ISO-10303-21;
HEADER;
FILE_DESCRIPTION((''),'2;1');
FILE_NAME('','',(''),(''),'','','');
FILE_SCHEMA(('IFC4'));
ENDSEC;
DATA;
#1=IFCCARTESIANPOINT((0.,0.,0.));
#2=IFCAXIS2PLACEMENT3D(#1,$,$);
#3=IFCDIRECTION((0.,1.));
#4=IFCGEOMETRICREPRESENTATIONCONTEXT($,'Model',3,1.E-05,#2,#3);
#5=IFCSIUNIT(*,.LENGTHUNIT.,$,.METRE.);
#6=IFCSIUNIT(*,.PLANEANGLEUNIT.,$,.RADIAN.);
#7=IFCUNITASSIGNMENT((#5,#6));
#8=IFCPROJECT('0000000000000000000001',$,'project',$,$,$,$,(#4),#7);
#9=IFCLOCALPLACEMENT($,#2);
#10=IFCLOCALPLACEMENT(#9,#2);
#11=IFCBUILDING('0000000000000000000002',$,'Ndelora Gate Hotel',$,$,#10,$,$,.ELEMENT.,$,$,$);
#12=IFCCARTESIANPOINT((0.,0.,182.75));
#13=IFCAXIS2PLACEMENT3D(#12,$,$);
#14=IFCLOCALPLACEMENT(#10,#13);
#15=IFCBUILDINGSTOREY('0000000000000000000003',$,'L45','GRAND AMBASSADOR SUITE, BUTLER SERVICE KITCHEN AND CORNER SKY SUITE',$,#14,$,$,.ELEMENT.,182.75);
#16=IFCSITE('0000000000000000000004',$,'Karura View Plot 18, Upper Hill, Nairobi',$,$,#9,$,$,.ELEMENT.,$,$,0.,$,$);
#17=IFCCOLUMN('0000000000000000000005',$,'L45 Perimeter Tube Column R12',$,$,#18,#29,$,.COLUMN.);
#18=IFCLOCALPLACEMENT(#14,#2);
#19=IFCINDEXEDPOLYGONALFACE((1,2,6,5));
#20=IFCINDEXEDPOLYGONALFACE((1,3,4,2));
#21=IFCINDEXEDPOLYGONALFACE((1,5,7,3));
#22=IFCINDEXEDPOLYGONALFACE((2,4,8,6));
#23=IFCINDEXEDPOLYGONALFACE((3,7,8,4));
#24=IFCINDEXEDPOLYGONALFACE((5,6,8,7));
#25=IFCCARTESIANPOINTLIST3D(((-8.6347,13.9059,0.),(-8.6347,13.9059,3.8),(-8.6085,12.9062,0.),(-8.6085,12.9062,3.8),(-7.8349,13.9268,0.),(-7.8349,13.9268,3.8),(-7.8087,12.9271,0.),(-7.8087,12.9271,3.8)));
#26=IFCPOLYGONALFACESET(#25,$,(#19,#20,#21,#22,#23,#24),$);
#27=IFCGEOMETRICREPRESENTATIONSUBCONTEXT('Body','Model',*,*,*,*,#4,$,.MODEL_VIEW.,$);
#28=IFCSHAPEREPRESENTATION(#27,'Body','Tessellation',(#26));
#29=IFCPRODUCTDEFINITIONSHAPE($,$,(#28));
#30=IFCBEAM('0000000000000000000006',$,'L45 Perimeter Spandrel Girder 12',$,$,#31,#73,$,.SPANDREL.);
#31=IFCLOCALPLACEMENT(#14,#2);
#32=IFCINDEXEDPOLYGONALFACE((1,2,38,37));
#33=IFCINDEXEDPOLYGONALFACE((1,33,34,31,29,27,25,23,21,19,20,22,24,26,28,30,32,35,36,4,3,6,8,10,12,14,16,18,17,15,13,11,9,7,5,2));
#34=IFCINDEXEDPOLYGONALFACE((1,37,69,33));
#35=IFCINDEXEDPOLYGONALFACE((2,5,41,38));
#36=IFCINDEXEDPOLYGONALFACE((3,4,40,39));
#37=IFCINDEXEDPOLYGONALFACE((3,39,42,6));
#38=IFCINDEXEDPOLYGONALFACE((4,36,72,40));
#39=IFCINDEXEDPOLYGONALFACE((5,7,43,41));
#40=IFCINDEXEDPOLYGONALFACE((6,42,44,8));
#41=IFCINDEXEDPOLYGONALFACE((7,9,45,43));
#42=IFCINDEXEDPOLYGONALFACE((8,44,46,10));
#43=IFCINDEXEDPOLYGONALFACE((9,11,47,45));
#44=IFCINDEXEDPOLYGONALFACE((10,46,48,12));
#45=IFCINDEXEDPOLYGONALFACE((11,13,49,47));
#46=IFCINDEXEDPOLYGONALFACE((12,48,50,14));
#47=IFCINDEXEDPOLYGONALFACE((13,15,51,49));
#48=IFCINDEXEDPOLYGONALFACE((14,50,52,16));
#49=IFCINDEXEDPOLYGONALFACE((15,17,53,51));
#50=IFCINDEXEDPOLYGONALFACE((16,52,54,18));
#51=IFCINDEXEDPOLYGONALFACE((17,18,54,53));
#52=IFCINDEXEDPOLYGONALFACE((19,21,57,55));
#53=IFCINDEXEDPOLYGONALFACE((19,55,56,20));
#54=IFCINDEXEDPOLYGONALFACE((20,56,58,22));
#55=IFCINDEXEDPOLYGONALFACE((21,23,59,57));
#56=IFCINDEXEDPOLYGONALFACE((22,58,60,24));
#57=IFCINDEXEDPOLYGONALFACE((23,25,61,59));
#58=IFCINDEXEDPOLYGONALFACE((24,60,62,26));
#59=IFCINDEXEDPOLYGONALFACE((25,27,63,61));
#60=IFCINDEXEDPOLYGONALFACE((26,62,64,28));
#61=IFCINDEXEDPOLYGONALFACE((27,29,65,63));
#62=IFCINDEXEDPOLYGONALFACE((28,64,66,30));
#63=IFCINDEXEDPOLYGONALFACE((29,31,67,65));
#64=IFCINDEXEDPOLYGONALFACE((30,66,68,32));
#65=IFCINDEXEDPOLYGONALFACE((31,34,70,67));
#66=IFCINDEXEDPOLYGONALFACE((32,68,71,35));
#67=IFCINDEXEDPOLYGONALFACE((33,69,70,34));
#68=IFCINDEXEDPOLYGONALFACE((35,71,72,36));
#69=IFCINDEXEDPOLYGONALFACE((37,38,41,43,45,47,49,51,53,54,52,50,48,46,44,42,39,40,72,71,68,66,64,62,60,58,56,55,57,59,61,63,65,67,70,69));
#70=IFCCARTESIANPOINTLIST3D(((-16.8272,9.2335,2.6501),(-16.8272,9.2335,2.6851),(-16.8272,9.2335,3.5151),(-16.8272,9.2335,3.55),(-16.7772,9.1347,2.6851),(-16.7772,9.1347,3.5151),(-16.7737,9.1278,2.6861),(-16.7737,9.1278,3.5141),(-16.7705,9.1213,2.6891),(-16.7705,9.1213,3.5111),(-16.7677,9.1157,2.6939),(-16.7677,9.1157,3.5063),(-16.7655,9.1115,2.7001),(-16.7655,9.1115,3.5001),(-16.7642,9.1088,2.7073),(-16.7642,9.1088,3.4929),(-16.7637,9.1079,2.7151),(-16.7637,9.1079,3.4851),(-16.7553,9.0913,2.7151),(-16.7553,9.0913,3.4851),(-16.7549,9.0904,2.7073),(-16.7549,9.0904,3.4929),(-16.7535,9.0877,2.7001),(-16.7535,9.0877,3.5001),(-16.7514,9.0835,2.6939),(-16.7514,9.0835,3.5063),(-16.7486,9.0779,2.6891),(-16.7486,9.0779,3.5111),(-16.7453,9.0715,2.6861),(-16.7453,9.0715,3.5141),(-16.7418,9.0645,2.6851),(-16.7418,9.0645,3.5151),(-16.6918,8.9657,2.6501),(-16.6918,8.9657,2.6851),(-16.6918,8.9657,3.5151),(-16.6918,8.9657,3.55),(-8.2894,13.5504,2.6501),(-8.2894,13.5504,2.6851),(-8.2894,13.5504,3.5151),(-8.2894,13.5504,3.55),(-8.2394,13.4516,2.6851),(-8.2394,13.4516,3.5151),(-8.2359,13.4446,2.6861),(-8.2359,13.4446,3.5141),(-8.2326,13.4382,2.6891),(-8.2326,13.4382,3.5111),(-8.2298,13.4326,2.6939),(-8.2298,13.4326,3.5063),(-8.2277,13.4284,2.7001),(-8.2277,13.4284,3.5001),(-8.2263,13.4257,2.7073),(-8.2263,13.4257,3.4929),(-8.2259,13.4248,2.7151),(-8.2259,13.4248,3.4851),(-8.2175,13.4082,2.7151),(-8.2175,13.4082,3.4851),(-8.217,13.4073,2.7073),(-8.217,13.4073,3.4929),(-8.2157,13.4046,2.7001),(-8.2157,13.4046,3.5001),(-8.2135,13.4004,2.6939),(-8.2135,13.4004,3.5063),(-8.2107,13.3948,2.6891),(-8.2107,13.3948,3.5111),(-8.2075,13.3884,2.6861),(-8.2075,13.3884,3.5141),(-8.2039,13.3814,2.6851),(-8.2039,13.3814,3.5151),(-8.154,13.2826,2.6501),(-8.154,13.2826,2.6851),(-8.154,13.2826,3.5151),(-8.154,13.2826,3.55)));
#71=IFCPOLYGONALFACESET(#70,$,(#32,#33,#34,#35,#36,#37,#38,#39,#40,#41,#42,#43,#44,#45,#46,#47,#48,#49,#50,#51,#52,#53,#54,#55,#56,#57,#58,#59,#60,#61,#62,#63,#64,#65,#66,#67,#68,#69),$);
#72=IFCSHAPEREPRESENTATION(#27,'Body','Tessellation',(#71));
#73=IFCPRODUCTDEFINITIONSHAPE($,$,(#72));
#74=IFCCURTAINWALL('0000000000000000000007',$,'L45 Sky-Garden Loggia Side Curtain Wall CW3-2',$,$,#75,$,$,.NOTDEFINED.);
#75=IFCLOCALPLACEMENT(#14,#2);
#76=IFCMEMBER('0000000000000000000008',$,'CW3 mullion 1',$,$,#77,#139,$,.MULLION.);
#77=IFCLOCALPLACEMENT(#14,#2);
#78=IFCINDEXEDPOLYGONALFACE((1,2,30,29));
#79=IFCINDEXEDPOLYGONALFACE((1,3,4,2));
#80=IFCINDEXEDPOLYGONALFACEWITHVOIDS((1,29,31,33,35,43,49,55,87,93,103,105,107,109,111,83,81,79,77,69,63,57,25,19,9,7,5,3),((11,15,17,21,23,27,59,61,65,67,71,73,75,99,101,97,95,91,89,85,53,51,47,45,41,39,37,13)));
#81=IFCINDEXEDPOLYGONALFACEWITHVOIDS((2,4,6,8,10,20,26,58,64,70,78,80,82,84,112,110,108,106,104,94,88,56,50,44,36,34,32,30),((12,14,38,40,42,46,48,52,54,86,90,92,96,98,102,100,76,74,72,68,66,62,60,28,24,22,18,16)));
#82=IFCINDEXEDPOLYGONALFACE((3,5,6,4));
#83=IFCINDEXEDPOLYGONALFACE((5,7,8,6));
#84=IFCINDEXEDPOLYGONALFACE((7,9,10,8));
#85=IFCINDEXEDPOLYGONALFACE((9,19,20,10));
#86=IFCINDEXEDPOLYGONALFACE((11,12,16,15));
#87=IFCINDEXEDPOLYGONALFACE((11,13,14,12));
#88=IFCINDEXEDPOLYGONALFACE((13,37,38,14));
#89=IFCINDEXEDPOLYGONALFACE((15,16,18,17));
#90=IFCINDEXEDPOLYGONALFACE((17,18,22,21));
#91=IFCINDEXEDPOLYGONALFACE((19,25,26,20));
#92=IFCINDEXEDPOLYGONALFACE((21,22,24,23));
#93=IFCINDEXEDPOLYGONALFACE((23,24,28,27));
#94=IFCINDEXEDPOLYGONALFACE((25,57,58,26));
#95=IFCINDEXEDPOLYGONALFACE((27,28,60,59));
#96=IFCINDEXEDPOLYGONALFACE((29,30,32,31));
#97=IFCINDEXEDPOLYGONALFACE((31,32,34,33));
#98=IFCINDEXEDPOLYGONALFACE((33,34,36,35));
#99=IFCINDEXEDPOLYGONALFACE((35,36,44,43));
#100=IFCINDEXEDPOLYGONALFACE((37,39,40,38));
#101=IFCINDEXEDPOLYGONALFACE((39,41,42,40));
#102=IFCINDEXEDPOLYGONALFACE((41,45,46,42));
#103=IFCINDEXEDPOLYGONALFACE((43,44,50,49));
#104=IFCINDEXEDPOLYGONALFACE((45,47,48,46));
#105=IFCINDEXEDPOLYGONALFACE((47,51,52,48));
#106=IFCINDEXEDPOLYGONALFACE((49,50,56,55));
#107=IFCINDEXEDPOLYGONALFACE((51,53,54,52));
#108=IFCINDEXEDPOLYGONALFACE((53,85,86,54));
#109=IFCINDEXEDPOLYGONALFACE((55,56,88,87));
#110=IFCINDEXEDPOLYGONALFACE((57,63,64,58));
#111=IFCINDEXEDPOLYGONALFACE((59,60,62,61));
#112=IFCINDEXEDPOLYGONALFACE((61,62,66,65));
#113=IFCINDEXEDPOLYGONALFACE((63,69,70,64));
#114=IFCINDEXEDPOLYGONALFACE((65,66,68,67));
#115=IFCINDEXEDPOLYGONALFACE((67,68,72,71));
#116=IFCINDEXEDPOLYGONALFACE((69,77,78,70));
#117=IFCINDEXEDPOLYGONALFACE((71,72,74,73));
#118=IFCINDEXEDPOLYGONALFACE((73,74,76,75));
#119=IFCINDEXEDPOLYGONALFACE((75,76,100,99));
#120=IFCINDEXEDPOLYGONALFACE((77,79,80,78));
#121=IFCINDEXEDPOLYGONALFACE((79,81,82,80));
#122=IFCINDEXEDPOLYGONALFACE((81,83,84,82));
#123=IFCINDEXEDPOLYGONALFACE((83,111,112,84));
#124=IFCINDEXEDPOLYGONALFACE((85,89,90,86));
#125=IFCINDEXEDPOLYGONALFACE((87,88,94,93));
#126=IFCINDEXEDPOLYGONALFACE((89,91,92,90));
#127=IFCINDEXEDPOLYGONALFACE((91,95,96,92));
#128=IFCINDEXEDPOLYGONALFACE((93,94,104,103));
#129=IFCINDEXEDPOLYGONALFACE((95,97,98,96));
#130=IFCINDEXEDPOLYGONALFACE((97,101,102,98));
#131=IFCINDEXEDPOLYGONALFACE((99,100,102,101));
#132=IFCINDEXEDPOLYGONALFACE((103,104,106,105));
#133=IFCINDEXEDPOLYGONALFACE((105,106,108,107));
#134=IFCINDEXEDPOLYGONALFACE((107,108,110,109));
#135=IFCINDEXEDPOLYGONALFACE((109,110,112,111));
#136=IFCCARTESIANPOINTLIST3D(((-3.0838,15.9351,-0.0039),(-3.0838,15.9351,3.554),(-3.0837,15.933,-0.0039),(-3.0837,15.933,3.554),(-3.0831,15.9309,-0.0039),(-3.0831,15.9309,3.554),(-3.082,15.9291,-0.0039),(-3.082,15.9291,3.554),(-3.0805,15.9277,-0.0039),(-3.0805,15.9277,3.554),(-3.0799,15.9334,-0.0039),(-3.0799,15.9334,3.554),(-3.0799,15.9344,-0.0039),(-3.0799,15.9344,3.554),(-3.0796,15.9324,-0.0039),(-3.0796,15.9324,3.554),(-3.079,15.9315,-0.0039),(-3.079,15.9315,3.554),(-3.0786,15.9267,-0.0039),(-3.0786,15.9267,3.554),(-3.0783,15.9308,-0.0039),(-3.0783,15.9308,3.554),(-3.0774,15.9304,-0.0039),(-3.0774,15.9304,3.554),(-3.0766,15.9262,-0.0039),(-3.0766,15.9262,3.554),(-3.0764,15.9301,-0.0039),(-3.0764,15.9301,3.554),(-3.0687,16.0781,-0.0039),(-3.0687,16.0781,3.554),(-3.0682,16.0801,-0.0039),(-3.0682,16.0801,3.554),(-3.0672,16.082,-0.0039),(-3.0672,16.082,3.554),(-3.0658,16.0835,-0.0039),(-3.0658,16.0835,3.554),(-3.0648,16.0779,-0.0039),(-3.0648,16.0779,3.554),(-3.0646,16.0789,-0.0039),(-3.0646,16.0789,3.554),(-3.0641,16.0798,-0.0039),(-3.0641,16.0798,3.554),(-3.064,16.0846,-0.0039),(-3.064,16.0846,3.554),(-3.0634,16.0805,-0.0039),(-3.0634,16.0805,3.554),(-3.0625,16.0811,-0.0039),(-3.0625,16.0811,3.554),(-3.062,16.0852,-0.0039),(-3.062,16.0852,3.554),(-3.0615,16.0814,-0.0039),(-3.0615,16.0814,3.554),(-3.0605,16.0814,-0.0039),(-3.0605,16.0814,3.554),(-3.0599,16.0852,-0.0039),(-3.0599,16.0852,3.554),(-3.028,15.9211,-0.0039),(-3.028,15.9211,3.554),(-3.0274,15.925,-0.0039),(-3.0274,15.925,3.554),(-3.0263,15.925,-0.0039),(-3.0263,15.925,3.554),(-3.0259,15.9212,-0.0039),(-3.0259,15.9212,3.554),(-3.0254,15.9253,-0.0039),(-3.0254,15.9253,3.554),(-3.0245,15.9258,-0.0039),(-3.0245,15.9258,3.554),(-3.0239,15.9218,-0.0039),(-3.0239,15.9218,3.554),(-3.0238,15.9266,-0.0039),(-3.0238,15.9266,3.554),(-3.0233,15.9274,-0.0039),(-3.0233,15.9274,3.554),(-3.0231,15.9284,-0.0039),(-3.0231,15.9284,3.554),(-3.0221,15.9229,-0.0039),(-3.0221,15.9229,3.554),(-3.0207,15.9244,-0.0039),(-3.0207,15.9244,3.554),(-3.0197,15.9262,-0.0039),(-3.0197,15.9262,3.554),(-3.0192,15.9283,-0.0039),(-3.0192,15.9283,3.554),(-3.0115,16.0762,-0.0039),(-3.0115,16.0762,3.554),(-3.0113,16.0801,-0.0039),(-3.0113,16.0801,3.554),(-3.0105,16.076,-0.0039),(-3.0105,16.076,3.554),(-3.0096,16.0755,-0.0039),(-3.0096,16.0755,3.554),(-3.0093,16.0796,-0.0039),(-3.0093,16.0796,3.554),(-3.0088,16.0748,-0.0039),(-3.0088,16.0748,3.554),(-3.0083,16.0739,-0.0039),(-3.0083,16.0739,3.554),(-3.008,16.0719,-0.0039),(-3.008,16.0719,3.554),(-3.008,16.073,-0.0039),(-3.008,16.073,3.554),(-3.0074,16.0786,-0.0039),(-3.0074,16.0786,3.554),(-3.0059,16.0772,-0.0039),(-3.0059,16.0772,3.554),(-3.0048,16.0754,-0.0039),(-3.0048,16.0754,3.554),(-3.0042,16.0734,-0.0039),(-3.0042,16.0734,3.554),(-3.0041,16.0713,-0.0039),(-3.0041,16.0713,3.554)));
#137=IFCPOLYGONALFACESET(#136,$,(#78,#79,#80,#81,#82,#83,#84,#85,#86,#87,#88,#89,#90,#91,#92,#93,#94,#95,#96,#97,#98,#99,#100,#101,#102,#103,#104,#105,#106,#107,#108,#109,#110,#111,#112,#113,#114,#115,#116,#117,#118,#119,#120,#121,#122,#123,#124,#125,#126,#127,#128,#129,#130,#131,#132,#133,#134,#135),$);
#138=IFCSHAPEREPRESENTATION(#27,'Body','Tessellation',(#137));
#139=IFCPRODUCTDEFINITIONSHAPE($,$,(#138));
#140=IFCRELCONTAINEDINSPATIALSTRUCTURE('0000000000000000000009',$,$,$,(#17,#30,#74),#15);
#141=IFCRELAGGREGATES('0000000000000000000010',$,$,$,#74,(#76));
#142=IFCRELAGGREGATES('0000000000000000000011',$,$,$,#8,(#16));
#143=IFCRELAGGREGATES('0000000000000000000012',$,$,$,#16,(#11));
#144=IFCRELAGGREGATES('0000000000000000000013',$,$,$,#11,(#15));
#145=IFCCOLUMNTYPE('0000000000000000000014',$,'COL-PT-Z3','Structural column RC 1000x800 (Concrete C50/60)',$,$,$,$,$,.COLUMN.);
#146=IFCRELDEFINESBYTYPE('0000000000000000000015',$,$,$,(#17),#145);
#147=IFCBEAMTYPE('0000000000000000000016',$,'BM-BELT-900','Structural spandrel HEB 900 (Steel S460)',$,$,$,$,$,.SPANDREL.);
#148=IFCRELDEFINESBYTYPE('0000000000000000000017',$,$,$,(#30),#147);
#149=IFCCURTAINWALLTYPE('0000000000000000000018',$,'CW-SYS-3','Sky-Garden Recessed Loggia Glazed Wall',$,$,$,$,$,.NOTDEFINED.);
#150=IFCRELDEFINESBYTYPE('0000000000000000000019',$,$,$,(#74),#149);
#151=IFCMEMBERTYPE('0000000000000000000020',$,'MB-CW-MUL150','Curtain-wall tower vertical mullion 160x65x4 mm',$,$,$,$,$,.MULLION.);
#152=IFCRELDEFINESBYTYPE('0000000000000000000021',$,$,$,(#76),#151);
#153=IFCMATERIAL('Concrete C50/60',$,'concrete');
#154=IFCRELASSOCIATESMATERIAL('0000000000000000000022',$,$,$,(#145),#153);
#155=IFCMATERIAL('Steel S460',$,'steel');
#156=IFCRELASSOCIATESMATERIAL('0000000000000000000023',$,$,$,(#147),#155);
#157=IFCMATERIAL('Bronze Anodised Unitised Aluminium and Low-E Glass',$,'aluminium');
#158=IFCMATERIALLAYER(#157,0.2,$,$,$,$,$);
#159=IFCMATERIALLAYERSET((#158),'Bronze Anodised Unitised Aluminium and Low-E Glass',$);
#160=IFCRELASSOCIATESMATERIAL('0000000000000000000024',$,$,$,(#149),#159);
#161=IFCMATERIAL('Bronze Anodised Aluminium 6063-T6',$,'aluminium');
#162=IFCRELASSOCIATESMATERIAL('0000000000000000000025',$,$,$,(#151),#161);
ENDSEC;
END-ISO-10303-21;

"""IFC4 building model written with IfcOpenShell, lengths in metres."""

from ifc_helpers import new_model, si_unit, direction, frame, origin, origin_2d, place, context, subcontext, project, spatial, rectangle, hollow_rectangle, i_section, extrude, material, layer, layer_set, material_profile, profile_set, type_object, element, aggregate, save


model = new_model("IFC4")

# Units and contexts
model_context = context("Model", 3, precision=1e-05, world=origin(), true_north=direction((0.0, 1.0)))
body_context = subcontext(model_context, "Body", "Model", "MODEL_VIEW")
ifc_project = project(units=[si_unit("LENGTHUNIT", "METRE"), si_unit("PLANEANGLEUNIT", "RADIAN")], contexts=[model_context])

# Site, building, storey
site_placement = place(None, origin())
site = spatial("IfcSite", under=ifc_project, at=site_placement, Name="Karura View Plot 18, Upper Hill, Nairobi", CompositionType="ELEMENT", RefElevation=0.0)
building_placement = place(site_placement, origin())
building = spatial("IfcBuilding", under=site, at=building_placement, Name="Ndelora Gate Hotel", CompositionType="ELEMENT")
storey_placement = place(building_placement, frame((0.0, 0.0, 182.75)))
storey = spatial("IfcBuildingStorey", under=building, at=storey_placement, Name="L45", Description="GRAND AMBASSADOR SUITE, BUTLER SERVICE KITCHEN AND CORNER SKY SUITE", CompositionType="ELEMENT", Elevation=182.75)

# Column
ifc_material_1 = material(Name="Concrete C50/60", Category="concrete")
ifc_material_profile_1 = material_profile(ifc_material_1, rectangle(XDim=0.8, YDim=1.0, at=origin_2d()), Name="RC 1000x800")
ifc_profile_set_1 = profile_set([ifc_material_profile_1], Name="Concrete C50/60")
column_type = type_object("IfcColumnType", Name="COL-PT-Z3", Description="Structural column RC 1000x800 (Concrete C50/60)", PredefinedType="COLUMN", material=ifc_profile_set_1)
column_placement = place(storey_placement, frame((-8.2217, 13.4165, 0.0), z_axis=(0.0, 0.0, 1.0), x_axis=(0.999657, 0.026177, 0.0)))
element("IfcColumn", 1, at=column_placement, inside=storey, type_object=column_type, Name="L45 Perimeter Tube Column R12", PredefinedType="COLUMN", context=body_context, shape_type="SweptSolid", body=[
    extrude(rectangle(XDim=0.8, YDim=1.0, at=origin_2d()), origin(), (0.0, 0.0, 1.0), 3.8),
])

# Beam
ifc_material_2 = material(Name="Steel S460", Category="steel")
ifc_material_profile_2 = material_profile(ifc_material_2, i_section(OverallWidth=0.3, OverallDepth=0.8999, WebThickness=0.0186, FlangeThickness=0.0349, FilletRadius=0.03, at=origin_2d()), Name="HEB 900")
ifc_profile_set_2 = profile_set([ifc_material_profile_2], Name="Steel S460")
beam_type = type_object("IfcBeamType", Name="BM-BELT-900", Description="Structural spandrel HEB 900 (Steel S460)", PredefinedType="SPANDREL", material=ifc_profile_set_2)
beam_placement = place(storey_placement, frame((-8.2217, 13.4165, 3.1001), z_axis=(-0.892412, -0.451221, 0.0), x_axis=(0.451221, -0.892412, 0.0)))
element("IfcBeam", 2, at=beam_placement, inside=storey, type_object=beam_type, Name="L45 Perimeter Spandrel Girder 12", PredefinedType="SPANDREL", context=body_context, shape_type="SweptSolid", body=[
    extrude(i_section(OverallWidth=0.3, OverallDepth=0.8999, WebThickness=0.0186, FlangeThickness=0.0349, FilletRadius=0.03, at=origin_2d()), origin(), (0.0, 0.0, 1.0), 9.5671),
])

# Curtain wall, member
ifc_material_3 = material(Name="Bronze Anodised Unitised Aluminium and Low-E Glass", Category="aluminium")
ifc_layer_1 = layer(ifc_material_3, 0.2)
ifc_layer_set_1 = layer_set([ifc_layer_1], Name="Bronze Anodised Unitised Aluminium and Low-E Glass")
curtain_wall_type = type_object("IfcCurtainWallType", Name="CW-SYS-3", Description="Sky-Garden Recessed Loggia Glazed Wall", PredefinedType="NOTDEFINED", material=ifc_layer_set_1)
curtain_wall_placement = place(storey_placement, origin())
curtain_wall = element("IfcCurtainWall", 3, at=curtain_wall_placement, inside=storey, type_object=curtain_wall_type, Name="L45 Sky-Garden Loggia Side Curtain Wall CW3-2", PredefinedType="NOTDEFINED")
ifc_material_4 = material(Name="Bronze Anodised Aluminium 6063-T6", Category="aluminium")
ifc_material_profile_3 = material_profile(ifc_material_4, hollow_rectangle(XDim=0.0649, YDim=0.1599, WallThickness=0.0039, InnerFilletRadius=0.0039, OuterFilletRadius=0.0081, at=origin_2d()), Name="ALU 160x65x4")
ifc_profile_set_3 = profile_set([ifc_material_profile_3], Name="Bronze Anodised Aluminium 6063-T6")
member_type_1 = type_object("IfcMemberType", Name="MB-CW-MUL150", Description="Curtain-wall tower vertical mullion 160x65x4 mm", PredefinedType="MULLION", material=ifc_profile_set_3)
member_1_placement = place(storey_placement, frame((-3.0439, 16.0032, -0.0039), z_axis=(0.0, 0.0, 1.0), x_axis=(0.994525, -0.104498, 0.0)))
member_1 = element("IfcMember", 4, at=member_1_placement, type_object=member_type_1, Name="CW3 mullion 1", PredefinedType="MULLION", context=body_context, shape_type="SweptSolid", body=[
    extrude(hollow_rectangle(XDim=0.0649, YDim=0.1599, WallThickness=0.0039, InnerFilletRadius=0.0039, OuterFilletRadius=0.0081, at=origin_2d()), origin(), (0.0, 0.0, 1.0), 3.5579),
])
aggregate(curtain_wall, [member_1])

save(model, "model.ifc")
